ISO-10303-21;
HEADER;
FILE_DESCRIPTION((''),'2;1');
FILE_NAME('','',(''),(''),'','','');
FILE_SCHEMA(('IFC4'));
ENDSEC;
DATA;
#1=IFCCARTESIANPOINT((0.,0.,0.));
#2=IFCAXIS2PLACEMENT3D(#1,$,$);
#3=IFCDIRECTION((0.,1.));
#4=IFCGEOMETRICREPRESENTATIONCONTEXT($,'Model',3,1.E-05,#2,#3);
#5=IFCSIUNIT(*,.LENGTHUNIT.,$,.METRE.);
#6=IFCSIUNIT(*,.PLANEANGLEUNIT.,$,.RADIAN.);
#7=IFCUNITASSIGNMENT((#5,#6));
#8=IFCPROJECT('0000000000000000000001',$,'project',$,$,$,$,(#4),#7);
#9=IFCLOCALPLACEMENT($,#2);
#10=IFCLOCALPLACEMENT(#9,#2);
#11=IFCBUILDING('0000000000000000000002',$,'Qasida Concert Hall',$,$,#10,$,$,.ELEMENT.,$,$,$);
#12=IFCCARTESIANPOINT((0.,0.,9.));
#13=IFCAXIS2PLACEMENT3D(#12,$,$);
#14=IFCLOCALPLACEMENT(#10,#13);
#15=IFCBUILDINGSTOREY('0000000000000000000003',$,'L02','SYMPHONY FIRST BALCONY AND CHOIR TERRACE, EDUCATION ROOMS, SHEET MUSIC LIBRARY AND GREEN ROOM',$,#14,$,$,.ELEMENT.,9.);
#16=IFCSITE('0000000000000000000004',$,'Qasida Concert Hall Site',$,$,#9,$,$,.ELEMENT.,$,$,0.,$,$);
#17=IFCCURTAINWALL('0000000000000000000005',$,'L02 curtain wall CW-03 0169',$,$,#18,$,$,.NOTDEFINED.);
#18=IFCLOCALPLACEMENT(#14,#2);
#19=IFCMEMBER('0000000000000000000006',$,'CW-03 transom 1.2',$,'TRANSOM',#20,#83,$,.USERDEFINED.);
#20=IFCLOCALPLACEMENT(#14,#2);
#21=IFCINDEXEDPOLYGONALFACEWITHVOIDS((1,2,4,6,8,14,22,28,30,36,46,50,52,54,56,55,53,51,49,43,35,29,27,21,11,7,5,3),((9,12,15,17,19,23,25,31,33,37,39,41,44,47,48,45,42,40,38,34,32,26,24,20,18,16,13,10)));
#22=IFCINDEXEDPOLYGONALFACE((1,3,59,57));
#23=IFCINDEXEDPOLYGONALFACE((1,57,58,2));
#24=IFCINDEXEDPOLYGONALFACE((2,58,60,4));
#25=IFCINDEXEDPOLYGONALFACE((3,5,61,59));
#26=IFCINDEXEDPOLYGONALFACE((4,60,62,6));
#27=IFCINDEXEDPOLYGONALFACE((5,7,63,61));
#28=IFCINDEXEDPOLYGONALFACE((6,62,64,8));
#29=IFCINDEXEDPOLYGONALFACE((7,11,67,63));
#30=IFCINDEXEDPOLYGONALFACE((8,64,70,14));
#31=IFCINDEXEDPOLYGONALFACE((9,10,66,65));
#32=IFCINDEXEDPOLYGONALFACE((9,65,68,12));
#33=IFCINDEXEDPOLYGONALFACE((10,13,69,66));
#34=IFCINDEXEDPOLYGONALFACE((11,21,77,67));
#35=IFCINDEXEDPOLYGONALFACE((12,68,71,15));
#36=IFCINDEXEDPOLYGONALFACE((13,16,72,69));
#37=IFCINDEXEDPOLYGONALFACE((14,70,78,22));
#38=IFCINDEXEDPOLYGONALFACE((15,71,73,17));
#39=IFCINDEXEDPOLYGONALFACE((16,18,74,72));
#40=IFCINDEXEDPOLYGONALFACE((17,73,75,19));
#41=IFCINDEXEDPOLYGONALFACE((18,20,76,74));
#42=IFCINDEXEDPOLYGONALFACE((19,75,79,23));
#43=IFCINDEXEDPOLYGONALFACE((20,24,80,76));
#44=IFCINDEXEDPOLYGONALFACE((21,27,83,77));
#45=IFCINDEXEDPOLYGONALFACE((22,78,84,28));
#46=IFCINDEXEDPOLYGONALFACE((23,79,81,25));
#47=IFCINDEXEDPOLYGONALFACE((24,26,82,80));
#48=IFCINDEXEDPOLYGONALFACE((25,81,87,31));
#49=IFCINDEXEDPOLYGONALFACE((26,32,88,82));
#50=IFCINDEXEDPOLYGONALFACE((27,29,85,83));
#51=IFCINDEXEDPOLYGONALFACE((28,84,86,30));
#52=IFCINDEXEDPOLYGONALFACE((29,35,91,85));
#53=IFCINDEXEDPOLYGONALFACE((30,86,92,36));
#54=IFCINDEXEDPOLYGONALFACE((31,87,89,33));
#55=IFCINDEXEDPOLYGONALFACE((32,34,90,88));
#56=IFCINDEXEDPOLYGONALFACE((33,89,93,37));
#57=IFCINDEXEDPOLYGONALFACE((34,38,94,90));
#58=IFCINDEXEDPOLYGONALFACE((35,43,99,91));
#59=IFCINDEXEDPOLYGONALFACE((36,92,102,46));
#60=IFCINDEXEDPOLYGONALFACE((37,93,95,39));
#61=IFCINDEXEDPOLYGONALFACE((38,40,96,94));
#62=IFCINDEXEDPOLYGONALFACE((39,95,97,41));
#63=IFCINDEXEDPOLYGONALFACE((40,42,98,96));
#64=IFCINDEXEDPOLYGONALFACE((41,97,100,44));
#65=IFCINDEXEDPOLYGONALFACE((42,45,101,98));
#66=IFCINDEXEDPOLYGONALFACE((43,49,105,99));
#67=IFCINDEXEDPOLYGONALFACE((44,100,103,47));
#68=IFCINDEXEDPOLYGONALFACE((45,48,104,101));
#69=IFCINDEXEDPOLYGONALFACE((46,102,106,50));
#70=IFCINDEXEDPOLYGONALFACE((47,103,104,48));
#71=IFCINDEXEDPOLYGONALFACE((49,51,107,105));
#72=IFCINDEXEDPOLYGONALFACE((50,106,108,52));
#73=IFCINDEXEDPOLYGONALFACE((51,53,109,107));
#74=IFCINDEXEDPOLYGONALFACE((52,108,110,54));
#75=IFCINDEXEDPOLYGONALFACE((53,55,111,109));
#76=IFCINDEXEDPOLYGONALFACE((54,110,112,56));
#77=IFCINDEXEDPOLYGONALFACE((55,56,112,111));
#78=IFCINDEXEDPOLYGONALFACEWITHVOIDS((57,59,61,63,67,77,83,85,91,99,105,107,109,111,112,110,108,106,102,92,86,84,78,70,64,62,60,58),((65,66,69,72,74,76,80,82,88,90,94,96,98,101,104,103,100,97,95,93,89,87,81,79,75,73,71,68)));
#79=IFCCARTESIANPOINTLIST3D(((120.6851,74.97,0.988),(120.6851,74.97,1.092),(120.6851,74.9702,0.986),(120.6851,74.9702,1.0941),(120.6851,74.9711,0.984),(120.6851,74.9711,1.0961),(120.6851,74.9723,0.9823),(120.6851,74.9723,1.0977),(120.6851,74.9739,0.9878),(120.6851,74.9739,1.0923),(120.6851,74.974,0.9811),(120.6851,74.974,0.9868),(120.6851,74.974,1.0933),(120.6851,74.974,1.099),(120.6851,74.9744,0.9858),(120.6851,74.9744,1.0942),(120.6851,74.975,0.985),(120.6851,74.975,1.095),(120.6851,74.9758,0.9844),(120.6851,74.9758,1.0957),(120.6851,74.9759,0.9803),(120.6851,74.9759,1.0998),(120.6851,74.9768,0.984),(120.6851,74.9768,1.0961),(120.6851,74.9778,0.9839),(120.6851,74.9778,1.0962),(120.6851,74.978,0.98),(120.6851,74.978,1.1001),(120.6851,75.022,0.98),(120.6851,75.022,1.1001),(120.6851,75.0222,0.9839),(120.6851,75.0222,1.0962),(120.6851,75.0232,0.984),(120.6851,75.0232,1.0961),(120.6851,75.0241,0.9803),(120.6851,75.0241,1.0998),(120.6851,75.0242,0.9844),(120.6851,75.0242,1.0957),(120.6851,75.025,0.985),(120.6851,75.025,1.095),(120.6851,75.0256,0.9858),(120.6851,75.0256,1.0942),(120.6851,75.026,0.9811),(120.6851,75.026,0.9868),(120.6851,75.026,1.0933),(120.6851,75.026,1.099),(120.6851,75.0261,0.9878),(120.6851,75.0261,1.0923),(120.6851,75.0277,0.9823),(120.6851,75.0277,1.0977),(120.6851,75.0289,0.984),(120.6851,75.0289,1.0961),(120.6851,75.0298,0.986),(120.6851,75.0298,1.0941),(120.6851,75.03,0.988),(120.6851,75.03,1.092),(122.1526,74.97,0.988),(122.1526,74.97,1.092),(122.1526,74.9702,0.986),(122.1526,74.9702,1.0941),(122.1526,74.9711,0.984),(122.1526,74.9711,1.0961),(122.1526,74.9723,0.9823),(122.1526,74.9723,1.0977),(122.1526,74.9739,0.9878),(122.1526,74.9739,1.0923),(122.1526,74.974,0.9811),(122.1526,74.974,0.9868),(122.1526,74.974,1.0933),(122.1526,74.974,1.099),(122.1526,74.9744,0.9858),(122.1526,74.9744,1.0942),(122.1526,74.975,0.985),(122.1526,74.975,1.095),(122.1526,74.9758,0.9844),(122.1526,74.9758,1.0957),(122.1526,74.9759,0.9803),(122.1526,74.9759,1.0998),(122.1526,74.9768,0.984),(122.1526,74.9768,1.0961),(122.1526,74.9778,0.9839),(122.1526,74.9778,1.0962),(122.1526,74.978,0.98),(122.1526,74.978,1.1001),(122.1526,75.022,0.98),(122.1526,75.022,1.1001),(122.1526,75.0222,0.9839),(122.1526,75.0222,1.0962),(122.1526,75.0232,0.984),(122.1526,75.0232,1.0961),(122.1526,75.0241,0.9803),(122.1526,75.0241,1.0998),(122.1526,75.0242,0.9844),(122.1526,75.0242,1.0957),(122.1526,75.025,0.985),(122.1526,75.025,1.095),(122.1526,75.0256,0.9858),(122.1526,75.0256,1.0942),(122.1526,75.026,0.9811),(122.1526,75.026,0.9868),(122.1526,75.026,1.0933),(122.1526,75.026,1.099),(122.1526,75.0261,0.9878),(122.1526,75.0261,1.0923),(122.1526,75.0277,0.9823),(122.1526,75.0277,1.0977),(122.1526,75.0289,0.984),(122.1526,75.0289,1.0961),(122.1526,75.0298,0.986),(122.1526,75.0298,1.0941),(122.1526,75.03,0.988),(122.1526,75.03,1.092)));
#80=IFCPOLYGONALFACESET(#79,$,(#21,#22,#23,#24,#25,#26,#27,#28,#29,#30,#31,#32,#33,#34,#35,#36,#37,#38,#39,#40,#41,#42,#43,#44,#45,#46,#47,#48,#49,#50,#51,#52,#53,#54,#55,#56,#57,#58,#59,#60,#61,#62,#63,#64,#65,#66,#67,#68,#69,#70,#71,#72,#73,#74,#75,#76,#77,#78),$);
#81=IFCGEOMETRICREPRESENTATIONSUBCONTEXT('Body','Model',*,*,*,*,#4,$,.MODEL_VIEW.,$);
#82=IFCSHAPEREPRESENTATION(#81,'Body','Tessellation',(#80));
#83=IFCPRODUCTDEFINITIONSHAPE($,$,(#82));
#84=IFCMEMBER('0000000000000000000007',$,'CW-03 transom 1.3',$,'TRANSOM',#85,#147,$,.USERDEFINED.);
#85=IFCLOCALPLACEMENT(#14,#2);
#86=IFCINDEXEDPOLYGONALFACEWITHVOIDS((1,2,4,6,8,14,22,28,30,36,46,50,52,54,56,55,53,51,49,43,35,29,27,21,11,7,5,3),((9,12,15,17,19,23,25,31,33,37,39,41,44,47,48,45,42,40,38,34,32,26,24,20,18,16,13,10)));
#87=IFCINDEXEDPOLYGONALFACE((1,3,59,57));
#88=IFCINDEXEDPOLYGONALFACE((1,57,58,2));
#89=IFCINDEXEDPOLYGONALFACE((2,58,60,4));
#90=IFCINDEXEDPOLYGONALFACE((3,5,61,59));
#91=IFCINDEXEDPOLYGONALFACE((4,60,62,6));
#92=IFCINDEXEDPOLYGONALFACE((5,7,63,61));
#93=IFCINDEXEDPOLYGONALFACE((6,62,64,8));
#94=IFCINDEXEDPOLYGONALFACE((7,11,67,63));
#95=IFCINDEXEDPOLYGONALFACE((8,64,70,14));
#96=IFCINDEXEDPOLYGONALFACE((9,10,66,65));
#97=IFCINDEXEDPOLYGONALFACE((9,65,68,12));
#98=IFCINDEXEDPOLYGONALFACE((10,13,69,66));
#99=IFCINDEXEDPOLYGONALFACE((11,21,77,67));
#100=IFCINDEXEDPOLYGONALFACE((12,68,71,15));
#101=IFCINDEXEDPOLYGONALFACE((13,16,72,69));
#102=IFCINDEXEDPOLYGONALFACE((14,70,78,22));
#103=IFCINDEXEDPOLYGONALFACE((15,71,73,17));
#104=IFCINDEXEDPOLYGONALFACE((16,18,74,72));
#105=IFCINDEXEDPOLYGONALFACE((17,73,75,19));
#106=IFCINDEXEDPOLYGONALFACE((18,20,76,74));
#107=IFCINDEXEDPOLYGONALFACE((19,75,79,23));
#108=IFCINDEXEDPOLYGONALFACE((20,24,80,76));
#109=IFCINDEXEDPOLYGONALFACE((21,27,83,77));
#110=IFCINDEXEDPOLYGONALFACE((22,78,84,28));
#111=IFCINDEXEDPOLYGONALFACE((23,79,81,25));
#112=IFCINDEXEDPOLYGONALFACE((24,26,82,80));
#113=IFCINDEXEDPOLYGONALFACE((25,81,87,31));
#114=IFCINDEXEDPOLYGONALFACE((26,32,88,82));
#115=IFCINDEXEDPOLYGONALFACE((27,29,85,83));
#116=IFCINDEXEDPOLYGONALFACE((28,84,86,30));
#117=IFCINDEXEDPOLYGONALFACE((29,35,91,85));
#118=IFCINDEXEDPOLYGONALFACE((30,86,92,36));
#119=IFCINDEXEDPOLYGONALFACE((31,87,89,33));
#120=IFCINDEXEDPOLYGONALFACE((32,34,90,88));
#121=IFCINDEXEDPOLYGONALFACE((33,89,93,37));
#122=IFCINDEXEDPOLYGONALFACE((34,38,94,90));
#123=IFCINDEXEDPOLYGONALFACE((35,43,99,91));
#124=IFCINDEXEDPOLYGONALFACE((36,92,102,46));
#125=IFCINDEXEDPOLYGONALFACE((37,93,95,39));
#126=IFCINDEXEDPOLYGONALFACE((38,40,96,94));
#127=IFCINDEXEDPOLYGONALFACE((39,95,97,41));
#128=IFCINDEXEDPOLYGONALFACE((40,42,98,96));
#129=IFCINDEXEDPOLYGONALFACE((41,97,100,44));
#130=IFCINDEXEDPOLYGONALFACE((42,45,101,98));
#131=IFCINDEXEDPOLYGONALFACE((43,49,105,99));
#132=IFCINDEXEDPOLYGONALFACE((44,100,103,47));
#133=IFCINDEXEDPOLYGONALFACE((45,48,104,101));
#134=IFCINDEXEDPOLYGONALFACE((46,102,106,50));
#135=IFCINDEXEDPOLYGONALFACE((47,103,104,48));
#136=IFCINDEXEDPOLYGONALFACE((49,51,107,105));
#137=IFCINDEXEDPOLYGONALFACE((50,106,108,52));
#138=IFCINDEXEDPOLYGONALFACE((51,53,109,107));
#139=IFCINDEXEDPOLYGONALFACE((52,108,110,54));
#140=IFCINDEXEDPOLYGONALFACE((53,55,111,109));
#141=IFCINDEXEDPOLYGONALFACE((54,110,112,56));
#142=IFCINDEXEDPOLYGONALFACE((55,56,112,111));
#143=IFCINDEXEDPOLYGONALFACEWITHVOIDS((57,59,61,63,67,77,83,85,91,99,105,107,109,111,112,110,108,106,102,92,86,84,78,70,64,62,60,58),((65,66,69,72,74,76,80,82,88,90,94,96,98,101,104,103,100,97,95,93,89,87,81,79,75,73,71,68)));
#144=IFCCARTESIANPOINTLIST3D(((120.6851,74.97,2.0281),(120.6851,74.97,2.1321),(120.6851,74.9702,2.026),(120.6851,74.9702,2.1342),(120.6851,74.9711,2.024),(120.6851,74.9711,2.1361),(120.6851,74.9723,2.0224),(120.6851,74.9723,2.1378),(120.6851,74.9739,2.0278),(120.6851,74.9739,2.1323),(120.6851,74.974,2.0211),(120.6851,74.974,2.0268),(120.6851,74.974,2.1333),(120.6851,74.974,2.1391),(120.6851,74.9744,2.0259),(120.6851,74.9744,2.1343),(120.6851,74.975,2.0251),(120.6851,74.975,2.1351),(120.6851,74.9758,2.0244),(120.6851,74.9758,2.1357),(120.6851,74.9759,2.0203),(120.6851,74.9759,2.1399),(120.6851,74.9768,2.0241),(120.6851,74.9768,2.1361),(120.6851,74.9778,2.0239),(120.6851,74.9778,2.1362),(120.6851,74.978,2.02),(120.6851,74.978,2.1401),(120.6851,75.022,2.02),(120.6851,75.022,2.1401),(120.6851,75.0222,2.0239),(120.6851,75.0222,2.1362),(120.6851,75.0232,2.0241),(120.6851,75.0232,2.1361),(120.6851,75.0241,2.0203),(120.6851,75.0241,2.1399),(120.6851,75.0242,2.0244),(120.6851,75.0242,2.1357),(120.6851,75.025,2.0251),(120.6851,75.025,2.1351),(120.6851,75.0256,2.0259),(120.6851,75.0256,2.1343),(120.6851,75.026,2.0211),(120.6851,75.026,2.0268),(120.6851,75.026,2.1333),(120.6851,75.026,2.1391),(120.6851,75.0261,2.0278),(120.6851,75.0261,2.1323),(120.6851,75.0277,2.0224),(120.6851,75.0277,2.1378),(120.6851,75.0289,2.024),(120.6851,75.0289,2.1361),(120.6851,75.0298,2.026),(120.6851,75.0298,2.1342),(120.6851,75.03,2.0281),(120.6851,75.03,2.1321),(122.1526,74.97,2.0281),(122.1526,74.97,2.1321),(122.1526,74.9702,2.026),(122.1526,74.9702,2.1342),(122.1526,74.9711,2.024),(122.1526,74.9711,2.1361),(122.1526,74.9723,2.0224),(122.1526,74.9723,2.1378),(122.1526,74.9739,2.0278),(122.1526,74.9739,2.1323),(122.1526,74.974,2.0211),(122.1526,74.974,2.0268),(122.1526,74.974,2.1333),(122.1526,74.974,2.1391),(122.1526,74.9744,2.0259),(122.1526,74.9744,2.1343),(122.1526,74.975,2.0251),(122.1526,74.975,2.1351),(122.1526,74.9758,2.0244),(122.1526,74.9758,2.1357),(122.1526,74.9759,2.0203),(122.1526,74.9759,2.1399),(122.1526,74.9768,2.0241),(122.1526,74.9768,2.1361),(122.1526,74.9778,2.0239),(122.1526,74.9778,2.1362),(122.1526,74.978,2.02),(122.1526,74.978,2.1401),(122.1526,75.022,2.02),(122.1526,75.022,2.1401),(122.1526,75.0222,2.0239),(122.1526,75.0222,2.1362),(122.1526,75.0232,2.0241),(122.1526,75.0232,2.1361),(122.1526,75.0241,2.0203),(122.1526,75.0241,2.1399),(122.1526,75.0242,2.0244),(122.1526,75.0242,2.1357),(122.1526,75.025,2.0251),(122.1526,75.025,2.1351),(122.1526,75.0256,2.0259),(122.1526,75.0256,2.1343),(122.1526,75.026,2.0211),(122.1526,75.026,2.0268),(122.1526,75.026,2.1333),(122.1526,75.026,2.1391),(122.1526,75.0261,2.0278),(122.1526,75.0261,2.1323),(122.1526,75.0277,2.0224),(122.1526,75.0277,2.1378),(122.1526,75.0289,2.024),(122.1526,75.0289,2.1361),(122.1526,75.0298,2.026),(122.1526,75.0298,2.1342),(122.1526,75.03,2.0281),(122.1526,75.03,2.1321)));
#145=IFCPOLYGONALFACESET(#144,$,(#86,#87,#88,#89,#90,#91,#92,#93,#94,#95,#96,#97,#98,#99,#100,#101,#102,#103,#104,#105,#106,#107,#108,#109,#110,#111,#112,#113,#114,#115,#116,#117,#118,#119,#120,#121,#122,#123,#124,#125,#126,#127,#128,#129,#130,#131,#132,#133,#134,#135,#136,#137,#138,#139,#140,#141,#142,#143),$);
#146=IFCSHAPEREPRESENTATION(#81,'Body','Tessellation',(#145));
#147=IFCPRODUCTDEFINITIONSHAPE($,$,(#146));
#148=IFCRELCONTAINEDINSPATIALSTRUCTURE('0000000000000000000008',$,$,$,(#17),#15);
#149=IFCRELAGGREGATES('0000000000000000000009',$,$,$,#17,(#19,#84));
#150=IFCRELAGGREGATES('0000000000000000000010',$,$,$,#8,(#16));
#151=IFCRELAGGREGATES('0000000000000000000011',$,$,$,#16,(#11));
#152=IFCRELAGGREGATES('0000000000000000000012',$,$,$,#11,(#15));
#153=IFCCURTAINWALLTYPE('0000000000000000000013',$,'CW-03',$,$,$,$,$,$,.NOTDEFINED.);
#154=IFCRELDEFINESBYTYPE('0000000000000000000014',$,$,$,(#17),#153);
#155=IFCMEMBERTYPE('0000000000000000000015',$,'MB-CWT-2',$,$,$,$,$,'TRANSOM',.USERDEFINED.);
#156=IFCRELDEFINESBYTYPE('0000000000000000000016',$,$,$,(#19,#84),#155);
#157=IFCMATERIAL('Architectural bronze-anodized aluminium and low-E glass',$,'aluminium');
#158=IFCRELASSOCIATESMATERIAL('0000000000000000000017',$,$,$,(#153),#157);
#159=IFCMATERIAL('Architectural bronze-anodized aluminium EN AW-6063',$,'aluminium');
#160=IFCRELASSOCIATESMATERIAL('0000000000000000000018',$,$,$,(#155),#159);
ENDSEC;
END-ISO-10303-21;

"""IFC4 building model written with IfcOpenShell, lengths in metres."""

from ifc_helpers import new_model, si_unit, direction, frame, origin, origin_2d, place, context, subcontext, project, spatial, hollow_rectangle, extrude, material, material_profile, profile_set, type_object, element, aggregate, save


model = new_model("IFC4")

# Units and contexts
model_context = context("Model", 3, precision=1e-05, world=origin(), true_north=direction((0.0, 1.0)))
body_context = subcontext(model_context, "Body", "Model", "MODEL_VIEW")
ifc_project = project(units=[si_unit("LENGTHUNIT", "METRE"), si_unit("PLANEANGLEUNIT", "RADIAN")], contexts=[model_context])

# Site, building, storey
site_placement = place(None, origin())
site = spatial("IfcSite", under=ifc_project, at=site_placement, Name="Qasida Concert Hall Site", CompositionType="ELEMENT", RefElevation=0.0)
building_placement = place(site_placement, origin())
building = spatial("IfcBuilding", under=site, at=building_placement, Name="Qasida Concert Hall", CompositionType="ELEMENT")
storey_placement = place(building_placement, frame((0.0, 0.0, 9.0)))
storey = spatial("IfcBuildingStorey", under=building, at=storey_placement, Name="L02", Description="SYMPHONY FIRST BALCONY AND CHOIR TERRACE, EDUCATION ROOMS, SHEET MUSIC LIBRARY AND GREEN ROOM", CompositionType="ELEMENT", Elevation=9.0)

# Shared definitions
ifc_material_1 = material(Name="Architectural bronze-anodized aluminium and low-E glass", Category="aluminium")
curtain_wall_type = type_object("IfcCurtainWallType", Name="CW-03", PredefinedType="NOTDEFINED", material=ifc_material_1)
ifc_material_2 = material(Name="Architectural bronze-anodized aluminium EN AW-6063", Category="aluminium")

# Curtain wall
curtain_wall_1_placement = place(storey_placement, origin())
curtain_wall_1 = element("IfcCurtainWall", 1, at=curtain_wall_1_placement, inside=storey, type_object=curtain_wall_type, Name="L02 curtain wall CW-03 0169", PredefinedType="NOTDEFINED")

# Members
ifc_material_profile_1 = material_profile(ifc_material_2, hollow_rectangle(XDim=0.0601, YDim=0.1201, WallThickness=0.0039, InnerFilletRadius=0.0039, OuterFilletRadius=0.0081, at=origin_2d()), Name="CWT 120x60x4")
ifc_profile_set_1 = profile_set([ifc_material_profile_1], Name="Architectural bronze-anodized aluminium EN AW-6063")
member_type_1 = type_object("IfcMemberType", Name="MB-CWT-2", ElementType="TRANSOM", PredefinedType="USERDEFINED", material=ifc_profile_set_1)
member_1_placement = place(storey_placement, frame((120.6851, 75.0, 1.04), z_axis=(1.0, 0.0, 0.0), x_axis=(0.0, 1.0, 0.0)))
member_1 = element("IfcMember", 2, at=member_1_placement, type_object=member_type_1, Name="CW-03 transom 1.2", ObjectType="TRANSOM", PredefinedType="USERDEFINED", context=body_context, shape_type="SweptSolid", body=[
    extrude(hollow_rectangle(XDim=0.0601, YDim=0.1201, WallThickness=0.0039, InnerFilletRadius=0.0039, OuterFilletRadius=0.0081, at=origin_2d()), origin(), (0.0, 0.0, 1.0), 1.4675),
])
member_2_placement = place(storey_placement, frame((120.6851, 75.0, 2.0801), z_axis=(1.0, 0.0, 0.0), x_axis=(0.0, 1.0, 0.0)))
member_2 = element("IfcMember", 3, at=member_2_placement, type_object=member_type_1, Name="CW-03 transom 1.3", ObjectType="TRANSOM", PredefinedType="USERDEFINED", context=body_context, shape_type="SweptSolid", body=[
    extrude(hollow_rectangle(XDim=0.0601, YDim=0.1201, WallThickness=0.0039, InnerFilletRadius=0.0039, OuterFilletRadius=0.0081, at=origin_2d()), origin(), (0.0, 0.0, 1.0), 1.4675),
])

aggregate(curtain_wall_1, [member_1, member_2])

save(model, "model.ifc")
